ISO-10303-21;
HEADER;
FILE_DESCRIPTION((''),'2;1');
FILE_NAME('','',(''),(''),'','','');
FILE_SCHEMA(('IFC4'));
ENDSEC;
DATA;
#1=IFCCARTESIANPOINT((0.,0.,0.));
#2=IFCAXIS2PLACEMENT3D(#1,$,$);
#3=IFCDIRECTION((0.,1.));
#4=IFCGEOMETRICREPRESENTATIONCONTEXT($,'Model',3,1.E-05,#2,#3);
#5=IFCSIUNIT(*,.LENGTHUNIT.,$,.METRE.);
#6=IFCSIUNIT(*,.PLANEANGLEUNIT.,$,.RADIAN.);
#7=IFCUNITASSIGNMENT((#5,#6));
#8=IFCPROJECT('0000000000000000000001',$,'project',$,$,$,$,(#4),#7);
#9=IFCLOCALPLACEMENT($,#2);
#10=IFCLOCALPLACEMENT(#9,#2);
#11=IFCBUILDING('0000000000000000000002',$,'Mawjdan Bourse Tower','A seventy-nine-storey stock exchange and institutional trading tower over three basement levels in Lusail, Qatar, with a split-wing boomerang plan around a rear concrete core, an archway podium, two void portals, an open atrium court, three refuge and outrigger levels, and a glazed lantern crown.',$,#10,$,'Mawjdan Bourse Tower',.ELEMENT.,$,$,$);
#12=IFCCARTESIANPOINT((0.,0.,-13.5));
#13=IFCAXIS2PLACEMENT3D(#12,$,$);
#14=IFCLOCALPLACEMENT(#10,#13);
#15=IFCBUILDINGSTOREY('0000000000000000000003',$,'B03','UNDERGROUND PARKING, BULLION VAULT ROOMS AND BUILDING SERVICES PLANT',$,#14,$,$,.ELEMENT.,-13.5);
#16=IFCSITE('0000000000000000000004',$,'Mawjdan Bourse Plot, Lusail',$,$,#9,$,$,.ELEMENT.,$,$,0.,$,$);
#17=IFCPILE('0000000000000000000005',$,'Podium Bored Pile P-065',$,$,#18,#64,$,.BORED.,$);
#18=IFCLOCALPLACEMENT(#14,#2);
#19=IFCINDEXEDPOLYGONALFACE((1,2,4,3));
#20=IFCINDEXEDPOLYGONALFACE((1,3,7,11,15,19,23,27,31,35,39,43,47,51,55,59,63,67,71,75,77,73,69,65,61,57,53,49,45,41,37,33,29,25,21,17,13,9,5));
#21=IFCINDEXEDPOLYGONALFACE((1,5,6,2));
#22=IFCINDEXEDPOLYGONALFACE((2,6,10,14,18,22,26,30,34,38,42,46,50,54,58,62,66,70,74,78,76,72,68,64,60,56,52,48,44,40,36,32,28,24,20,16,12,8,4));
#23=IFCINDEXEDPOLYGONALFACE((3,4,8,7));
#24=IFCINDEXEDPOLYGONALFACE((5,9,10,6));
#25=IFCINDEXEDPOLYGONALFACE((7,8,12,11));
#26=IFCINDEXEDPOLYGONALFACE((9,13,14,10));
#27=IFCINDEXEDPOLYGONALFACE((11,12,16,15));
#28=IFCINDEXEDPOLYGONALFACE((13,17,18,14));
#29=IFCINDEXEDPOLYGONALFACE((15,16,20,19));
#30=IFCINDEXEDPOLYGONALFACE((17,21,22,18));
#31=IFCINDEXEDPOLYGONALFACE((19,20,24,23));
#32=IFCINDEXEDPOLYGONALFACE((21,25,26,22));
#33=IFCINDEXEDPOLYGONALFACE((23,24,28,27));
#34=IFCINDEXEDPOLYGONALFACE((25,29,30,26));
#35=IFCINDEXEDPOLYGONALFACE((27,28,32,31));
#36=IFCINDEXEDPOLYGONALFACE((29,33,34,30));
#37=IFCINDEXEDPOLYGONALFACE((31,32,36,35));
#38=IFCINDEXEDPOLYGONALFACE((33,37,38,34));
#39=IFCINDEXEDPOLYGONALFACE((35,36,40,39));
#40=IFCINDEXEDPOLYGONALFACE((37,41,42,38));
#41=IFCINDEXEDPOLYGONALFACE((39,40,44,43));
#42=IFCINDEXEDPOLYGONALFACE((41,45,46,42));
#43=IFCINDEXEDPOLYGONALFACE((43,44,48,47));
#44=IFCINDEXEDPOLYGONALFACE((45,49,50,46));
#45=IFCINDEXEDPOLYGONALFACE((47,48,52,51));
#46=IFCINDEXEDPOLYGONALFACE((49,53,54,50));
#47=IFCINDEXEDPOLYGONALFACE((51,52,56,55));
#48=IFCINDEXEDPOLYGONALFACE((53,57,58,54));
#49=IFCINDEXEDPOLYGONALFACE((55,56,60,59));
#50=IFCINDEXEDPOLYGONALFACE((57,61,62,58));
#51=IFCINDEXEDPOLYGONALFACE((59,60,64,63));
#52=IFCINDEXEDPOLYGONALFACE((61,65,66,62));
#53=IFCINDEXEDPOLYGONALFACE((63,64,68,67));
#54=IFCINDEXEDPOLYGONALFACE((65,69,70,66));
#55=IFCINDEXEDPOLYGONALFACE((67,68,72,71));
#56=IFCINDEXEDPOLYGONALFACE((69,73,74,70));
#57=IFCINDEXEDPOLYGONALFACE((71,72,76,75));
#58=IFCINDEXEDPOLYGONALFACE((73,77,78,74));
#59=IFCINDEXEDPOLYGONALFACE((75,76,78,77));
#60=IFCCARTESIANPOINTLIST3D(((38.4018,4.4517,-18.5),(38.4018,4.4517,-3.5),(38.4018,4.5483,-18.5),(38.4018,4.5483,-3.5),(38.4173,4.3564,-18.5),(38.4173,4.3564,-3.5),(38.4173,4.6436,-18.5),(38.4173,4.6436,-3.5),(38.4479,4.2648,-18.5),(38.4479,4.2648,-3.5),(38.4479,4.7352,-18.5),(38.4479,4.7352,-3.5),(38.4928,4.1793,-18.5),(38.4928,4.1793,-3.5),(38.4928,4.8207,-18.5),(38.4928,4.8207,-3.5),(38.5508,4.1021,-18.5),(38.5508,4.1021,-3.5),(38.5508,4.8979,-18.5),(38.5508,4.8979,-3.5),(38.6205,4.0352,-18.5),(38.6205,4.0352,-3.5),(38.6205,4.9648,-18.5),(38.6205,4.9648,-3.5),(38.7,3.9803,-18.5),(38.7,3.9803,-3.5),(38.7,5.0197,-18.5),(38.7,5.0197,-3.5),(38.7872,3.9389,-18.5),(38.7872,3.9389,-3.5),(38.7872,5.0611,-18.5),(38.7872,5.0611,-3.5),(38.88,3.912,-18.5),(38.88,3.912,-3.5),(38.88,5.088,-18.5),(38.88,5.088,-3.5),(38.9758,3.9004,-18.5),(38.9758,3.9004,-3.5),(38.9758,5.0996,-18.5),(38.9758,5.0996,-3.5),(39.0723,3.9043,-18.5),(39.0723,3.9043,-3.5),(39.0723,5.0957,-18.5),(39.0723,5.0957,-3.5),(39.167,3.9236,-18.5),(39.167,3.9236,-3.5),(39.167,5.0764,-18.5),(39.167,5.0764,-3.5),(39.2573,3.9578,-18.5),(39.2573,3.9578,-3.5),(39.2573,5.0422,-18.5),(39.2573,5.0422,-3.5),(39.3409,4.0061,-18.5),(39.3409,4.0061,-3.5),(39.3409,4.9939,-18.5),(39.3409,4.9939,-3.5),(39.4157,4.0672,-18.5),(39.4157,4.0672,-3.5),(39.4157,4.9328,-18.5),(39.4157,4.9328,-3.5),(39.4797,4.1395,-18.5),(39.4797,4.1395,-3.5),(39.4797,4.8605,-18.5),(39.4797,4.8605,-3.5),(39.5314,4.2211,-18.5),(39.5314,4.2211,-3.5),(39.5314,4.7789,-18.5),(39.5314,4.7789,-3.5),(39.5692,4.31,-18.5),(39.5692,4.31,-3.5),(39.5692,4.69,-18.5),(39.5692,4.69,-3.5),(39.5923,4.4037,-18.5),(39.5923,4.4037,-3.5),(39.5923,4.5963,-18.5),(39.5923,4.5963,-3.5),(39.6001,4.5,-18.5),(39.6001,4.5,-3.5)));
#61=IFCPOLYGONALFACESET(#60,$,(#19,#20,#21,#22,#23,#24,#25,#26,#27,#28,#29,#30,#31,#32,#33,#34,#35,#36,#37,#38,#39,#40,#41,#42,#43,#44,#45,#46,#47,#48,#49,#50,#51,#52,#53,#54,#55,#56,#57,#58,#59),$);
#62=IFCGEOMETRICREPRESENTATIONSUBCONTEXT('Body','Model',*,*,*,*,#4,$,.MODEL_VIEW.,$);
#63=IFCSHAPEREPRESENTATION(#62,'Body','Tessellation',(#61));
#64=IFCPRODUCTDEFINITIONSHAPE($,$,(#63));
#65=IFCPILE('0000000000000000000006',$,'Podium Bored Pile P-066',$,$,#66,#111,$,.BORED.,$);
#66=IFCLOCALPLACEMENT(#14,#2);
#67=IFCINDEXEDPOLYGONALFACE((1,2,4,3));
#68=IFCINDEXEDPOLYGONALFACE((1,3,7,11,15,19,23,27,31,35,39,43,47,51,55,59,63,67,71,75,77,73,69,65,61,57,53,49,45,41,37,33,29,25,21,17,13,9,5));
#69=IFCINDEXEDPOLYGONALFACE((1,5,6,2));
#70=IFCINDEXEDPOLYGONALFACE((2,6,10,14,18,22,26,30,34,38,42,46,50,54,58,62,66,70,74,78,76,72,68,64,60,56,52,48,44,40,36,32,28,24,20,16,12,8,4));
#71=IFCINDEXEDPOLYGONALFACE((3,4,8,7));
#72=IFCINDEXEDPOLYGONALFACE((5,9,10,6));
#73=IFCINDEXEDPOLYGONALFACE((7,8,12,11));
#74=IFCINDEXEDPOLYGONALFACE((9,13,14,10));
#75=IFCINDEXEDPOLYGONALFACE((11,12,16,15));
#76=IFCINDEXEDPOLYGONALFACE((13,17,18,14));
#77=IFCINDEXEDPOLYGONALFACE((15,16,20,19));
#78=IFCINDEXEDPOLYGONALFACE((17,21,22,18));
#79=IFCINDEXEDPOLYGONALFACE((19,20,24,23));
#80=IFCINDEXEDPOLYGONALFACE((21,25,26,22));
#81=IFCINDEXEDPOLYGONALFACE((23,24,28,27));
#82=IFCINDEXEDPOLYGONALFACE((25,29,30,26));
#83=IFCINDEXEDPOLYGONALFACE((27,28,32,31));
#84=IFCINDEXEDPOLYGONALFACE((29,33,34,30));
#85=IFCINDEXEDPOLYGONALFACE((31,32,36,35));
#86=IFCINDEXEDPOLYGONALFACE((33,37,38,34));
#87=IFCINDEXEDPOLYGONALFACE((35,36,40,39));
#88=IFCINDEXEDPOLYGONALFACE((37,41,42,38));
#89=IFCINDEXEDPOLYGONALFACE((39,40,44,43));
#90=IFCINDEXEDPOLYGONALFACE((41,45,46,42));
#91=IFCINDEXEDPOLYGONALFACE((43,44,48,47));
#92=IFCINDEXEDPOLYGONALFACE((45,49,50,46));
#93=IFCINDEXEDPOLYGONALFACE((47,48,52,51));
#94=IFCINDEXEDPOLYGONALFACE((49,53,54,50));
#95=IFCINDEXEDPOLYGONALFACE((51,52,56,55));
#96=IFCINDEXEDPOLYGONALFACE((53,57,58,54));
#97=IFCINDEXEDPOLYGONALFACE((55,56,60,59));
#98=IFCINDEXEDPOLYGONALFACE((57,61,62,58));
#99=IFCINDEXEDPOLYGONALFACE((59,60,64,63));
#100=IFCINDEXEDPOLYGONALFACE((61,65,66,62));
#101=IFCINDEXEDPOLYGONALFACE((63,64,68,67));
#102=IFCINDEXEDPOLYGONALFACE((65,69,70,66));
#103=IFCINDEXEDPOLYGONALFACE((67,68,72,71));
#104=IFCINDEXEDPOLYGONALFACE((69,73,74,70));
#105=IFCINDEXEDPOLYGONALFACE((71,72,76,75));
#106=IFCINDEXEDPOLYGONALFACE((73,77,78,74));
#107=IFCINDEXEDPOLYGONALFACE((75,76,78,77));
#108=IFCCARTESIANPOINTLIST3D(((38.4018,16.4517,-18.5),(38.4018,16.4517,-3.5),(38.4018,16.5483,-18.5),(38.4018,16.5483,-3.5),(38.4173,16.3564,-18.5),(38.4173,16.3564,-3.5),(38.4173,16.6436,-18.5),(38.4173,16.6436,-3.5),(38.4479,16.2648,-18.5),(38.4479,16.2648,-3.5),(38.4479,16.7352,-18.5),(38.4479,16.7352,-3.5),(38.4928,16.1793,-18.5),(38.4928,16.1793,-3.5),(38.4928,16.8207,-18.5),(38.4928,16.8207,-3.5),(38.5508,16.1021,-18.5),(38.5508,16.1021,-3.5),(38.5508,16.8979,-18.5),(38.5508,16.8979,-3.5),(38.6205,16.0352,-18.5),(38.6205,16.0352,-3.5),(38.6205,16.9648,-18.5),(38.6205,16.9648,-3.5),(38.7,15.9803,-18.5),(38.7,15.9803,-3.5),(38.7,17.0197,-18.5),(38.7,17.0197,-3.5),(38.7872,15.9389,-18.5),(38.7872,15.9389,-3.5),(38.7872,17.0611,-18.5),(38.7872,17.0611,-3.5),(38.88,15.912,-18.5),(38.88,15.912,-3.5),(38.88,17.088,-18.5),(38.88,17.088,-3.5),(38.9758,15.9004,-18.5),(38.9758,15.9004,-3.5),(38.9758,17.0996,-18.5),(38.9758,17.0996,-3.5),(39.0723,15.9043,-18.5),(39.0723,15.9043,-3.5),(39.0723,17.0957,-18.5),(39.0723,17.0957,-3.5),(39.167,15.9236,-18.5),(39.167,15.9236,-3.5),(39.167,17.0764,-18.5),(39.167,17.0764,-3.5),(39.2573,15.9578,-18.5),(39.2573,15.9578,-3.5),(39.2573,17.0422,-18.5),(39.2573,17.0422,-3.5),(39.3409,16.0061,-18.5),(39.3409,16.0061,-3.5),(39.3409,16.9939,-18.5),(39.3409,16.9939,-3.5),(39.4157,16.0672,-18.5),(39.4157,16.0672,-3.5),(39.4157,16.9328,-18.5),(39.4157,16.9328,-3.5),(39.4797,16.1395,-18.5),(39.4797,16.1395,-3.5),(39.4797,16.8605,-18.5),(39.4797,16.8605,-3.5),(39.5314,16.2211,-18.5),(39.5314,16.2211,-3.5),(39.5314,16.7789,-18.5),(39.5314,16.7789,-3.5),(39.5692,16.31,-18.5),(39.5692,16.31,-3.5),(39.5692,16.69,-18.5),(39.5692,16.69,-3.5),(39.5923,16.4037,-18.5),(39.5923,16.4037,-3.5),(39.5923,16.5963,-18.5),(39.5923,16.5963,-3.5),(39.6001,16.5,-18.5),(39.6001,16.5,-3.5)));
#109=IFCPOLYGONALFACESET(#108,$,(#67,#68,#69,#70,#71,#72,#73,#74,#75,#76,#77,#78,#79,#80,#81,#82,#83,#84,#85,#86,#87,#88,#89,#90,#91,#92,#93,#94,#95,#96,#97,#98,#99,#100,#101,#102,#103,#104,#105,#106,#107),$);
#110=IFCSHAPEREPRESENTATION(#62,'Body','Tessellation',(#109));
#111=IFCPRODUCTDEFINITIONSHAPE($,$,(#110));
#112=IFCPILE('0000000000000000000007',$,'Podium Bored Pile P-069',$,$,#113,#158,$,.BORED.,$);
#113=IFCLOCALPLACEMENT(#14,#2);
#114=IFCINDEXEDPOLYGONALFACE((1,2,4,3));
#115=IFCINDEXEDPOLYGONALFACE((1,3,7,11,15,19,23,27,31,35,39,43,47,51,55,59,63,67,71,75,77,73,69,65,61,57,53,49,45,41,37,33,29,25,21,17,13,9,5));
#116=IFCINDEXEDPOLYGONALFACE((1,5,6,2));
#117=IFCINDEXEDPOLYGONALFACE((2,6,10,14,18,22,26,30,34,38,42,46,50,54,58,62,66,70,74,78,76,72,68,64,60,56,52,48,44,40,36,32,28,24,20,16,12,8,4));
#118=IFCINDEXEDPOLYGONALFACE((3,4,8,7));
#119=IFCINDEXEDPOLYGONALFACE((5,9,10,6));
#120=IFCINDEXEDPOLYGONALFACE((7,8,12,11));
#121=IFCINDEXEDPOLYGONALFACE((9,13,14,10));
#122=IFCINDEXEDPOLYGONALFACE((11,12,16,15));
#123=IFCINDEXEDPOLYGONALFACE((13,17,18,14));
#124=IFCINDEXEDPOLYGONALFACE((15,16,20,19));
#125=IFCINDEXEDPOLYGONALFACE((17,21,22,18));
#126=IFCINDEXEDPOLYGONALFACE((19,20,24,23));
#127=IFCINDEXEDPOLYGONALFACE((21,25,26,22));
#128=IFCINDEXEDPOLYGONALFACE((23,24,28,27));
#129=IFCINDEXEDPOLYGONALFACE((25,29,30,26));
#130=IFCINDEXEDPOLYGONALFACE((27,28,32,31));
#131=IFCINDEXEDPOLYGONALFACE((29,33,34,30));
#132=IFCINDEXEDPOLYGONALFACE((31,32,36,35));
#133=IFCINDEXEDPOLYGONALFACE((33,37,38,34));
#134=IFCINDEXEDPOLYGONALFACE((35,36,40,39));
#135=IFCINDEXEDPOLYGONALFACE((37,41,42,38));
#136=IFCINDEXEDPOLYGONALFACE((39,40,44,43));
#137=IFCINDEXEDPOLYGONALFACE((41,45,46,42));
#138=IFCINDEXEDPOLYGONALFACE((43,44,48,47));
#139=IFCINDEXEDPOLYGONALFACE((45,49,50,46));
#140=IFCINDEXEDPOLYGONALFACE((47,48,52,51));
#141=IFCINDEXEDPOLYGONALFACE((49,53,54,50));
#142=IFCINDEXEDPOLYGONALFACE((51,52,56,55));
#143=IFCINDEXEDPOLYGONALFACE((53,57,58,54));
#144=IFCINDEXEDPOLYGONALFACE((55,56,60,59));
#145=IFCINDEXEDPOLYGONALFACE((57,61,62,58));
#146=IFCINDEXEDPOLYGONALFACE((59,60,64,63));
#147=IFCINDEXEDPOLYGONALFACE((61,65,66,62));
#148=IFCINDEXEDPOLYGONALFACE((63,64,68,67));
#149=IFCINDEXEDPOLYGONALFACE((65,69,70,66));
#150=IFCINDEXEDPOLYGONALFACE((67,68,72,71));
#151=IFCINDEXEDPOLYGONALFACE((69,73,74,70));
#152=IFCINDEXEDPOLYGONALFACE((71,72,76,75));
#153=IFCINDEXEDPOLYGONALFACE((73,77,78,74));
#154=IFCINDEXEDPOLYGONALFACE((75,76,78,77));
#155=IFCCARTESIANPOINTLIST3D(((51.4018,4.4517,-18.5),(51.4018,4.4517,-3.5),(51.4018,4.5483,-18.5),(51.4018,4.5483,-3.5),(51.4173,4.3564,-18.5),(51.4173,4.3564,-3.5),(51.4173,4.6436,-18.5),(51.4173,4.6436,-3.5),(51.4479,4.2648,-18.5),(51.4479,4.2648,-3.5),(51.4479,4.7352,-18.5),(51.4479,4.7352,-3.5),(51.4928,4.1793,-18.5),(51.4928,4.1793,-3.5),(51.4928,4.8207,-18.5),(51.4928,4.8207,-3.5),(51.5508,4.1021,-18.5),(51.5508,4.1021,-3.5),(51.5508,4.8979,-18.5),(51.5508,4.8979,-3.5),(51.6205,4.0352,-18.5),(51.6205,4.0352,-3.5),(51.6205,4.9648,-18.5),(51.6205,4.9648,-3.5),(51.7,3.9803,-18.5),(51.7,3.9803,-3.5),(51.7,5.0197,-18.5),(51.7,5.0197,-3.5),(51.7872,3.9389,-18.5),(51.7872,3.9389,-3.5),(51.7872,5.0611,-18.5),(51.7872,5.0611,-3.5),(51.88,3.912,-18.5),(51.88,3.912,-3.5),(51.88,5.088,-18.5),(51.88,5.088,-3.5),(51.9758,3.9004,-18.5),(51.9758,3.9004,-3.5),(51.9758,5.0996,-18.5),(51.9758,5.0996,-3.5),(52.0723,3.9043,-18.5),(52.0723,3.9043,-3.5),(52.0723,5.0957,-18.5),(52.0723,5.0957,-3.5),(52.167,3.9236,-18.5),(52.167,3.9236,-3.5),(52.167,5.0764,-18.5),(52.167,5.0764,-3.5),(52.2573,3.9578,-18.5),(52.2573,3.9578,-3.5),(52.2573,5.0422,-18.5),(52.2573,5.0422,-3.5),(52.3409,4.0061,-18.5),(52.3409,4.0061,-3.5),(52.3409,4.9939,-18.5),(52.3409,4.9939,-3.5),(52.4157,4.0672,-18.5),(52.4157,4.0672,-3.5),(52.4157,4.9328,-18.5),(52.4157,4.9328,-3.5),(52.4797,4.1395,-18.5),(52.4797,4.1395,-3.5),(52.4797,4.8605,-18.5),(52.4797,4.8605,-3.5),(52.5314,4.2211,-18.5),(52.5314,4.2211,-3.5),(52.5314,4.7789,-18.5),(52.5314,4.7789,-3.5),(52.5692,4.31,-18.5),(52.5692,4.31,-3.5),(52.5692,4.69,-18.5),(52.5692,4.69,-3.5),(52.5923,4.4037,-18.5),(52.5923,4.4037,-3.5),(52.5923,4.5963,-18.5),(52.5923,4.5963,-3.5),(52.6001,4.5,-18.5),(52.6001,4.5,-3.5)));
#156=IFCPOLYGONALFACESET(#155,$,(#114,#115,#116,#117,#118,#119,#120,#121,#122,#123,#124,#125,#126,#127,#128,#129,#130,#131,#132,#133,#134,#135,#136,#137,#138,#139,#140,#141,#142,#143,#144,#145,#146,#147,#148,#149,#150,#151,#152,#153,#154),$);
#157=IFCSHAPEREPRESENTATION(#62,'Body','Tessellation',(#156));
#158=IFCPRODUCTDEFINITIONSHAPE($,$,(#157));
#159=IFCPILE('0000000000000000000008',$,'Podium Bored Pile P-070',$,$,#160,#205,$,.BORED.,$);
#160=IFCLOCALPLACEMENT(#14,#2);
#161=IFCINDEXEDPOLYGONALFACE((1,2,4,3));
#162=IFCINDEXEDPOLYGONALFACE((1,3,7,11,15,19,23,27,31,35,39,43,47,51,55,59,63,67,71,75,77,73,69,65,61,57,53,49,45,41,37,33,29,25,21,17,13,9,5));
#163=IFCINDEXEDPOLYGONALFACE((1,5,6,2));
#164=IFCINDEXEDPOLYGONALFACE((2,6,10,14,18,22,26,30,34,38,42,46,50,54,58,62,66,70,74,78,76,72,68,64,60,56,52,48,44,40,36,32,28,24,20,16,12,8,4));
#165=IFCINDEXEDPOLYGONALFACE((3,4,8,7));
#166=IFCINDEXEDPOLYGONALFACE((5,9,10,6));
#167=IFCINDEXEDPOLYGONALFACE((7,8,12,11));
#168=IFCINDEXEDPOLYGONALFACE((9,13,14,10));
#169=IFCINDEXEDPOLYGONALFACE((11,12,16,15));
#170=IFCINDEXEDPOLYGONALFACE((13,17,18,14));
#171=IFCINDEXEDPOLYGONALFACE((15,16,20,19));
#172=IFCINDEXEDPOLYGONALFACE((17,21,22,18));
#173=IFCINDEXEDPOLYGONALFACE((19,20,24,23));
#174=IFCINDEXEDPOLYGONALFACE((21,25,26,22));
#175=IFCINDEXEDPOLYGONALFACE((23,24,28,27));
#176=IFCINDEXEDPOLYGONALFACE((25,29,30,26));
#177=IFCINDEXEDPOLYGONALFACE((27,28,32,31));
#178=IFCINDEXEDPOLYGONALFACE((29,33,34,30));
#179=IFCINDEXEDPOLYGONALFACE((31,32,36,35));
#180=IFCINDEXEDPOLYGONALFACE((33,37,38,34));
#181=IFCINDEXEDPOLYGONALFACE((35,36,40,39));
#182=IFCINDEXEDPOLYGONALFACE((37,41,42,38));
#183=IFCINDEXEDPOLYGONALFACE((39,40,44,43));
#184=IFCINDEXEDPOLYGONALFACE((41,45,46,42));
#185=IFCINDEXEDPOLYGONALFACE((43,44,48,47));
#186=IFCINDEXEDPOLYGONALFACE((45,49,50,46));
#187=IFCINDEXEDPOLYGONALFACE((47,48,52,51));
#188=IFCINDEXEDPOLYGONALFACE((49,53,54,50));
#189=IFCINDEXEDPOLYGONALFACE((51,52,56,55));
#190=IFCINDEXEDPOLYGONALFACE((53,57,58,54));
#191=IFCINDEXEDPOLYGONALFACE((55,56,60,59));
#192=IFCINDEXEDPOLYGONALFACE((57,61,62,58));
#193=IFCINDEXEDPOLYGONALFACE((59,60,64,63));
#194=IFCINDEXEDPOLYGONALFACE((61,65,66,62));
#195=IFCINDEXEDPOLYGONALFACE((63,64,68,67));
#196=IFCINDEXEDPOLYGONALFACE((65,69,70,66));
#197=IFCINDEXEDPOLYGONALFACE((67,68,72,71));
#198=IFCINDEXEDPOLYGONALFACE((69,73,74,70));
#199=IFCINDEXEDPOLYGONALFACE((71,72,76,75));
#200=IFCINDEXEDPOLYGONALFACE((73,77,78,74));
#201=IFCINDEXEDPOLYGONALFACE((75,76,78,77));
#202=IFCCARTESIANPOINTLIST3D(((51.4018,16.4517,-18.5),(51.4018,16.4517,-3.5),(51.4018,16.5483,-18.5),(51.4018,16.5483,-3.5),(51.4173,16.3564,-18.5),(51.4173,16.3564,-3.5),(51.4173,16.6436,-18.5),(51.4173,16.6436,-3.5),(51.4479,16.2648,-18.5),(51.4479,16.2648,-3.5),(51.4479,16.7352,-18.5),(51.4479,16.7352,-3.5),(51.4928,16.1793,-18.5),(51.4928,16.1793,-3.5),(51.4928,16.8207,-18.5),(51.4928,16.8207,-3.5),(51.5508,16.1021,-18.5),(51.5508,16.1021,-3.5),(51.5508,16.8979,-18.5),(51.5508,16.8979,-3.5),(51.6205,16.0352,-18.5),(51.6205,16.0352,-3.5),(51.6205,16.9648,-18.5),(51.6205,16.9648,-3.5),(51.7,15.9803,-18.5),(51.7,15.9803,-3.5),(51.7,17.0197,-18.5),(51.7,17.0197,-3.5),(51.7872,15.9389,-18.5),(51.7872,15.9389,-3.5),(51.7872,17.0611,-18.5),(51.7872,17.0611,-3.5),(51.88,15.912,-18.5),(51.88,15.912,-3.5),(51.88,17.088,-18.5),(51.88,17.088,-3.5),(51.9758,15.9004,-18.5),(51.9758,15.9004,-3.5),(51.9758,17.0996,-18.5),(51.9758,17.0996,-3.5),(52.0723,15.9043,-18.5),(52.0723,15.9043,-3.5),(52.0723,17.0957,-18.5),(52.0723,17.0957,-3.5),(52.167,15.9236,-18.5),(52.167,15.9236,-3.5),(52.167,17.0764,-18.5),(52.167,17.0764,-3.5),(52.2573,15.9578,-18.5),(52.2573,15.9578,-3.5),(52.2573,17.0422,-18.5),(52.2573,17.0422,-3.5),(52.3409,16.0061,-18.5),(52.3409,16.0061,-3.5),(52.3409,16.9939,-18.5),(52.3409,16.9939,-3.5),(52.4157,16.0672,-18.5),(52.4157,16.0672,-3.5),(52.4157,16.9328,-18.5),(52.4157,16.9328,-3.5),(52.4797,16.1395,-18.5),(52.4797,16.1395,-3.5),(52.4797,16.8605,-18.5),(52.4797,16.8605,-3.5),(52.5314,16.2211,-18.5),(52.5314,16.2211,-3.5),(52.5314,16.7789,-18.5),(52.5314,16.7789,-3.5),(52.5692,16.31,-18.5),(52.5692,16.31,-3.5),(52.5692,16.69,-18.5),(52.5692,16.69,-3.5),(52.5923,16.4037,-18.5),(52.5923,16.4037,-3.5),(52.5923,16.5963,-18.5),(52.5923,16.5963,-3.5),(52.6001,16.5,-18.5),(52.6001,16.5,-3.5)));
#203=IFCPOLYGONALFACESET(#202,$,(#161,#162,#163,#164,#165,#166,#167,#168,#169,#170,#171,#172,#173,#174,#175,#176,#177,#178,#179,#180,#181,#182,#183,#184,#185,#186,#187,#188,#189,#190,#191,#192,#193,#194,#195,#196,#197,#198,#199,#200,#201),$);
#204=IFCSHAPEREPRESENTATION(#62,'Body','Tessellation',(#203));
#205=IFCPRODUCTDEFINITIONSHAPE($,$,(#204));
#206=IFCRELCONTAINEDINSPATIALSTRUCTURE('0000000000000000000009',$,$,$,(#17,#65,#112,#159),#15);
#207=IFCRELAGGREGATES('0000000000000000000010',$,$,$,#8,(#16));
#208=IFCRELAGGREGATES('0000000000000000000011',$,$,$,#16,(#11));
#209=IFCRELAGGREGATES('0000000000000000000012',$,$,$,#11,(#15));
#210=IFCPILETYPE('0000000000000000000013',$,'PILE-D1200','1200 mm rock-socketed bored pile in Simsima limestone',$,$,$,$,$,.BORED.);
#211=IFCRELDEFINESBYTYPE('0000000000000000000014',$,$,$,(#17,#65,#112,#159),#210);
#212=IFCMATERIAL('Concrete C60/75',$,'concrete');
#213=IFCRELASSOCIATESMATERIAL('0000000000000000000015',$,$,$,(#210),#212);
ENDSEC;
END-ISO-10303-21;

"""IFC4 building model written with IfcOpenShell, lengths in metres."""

from ifc_helpers import new_model, si_unit, direction, frame, origin, origin_2d, place, context, subcontext, project, spatial, circle, extrude, material, material_profile, profile_set, type_object, element, save


model = new_model("IFC4")

# Units and contexts
model_context = context("Model", 3, precision=1e-05, world=origin(), true_north=direction((0.0, 1.0)))
body_context = subcontext(model_context, "Body", "Model", "MODEL_VIEW")
ifc_project = project(units=[si_unit("LENGTHUNIT", "METRE"), si_unit("PLANEANGLEUNIT", "RADIAN")], contexts=[model_context])

# Site, building, storey
site_placement = place(None, origin())
site = spatial("IfcSite", under=ifc_project, at=site_placement, Name="Mawjdan Bourse Plot, Lusail", CompositionType="ELEMENT", RefElevation=0.0)
building_placement = place(site_placement, origin())
building = spatial("IfcBuilding", under=site, at=building_placement, Name="Mawjdan Bourse Tower", Description="A seventy-nine-storey stock exchange and institutional trading tower over three basement levels in Lusail, Qatar, with a split-wing boomerang plan around a rear concrete core, an archway podium, two void portals, an open atrium court, three refuge and outrigger levels, and a glazed lantern crown.", LongName="Mawjdan Bourse Tower", CompositionType="ELEMENT")
storey_placement = place(building_placement, frame((0.0, 0.0, -13.5)))
storey = spatial("IfcBuildingStorey", under=building, at=storey_placement, Name="B03", Description="UNDERGROUND PARKING, BULLION VAULT ROOMS AND BUILDING SERVICES PLANT", CompositionType="ELEMENT", Elevation=-13.5)

# Piles
ifc_material_1 = material(Name="Concrete C60/75", Category="concrete")
ifc_material_profile_1 = material_profile(ifc_material_1, circle(Radius=0.6001, at=origin_2d()), Name="PILE-D1200")
ifc_profile_set_1 = profile_set([ifc_material_profile_1], Name="Concrete C60/75")
pile_type_1 = type_object("IfcPileType", Name="PILE-D1200", Description="1200 mm rock-socketed bored pile in Simsima limestone", PredefinedType="BORED", material=ifc_profile_set_1)
for number, where, z_axis, x_axis, name in (
    (1, (39.0, 4.5, -3.5), (0.0, 0.0, -1.0), (1.0, 0.0, 0.0), "Podium Bored Pile P-065"),
    (2, (39.0, 16.5, -3.5), (0.0, 0.0, -1.0), (1.0, 0.0, 0.0), "Podium Bored Pile P-066"),
    (3, (52.0, 4.5, -3.5), (0.0, 0.0, -1.0), (1.0, 0.0, 0.0), "Podium Bored Pile P-069"),
    (4, (52.0, 16.5, -3.5), (0.0, 0.0, -1.0), (1.0, 0.0, 0.0), "Podium Bored Pile P-070"),
):
    element("IfcPile", number, at=place(storey_placement, frame(where, z_axis=z_axis, x_axis=x_axis)), inside=storey, type_object=pile_type_1, Name=name, PredefinedType="BORED", context=body_context, shape_type="SweptSolid", body=[
        extrude(circle(Radius=0.6001, at=origin_2d()), origin(), (0.0, 0.0, 1.0), 15.0),
    ])

save(model, "model.ifc")
